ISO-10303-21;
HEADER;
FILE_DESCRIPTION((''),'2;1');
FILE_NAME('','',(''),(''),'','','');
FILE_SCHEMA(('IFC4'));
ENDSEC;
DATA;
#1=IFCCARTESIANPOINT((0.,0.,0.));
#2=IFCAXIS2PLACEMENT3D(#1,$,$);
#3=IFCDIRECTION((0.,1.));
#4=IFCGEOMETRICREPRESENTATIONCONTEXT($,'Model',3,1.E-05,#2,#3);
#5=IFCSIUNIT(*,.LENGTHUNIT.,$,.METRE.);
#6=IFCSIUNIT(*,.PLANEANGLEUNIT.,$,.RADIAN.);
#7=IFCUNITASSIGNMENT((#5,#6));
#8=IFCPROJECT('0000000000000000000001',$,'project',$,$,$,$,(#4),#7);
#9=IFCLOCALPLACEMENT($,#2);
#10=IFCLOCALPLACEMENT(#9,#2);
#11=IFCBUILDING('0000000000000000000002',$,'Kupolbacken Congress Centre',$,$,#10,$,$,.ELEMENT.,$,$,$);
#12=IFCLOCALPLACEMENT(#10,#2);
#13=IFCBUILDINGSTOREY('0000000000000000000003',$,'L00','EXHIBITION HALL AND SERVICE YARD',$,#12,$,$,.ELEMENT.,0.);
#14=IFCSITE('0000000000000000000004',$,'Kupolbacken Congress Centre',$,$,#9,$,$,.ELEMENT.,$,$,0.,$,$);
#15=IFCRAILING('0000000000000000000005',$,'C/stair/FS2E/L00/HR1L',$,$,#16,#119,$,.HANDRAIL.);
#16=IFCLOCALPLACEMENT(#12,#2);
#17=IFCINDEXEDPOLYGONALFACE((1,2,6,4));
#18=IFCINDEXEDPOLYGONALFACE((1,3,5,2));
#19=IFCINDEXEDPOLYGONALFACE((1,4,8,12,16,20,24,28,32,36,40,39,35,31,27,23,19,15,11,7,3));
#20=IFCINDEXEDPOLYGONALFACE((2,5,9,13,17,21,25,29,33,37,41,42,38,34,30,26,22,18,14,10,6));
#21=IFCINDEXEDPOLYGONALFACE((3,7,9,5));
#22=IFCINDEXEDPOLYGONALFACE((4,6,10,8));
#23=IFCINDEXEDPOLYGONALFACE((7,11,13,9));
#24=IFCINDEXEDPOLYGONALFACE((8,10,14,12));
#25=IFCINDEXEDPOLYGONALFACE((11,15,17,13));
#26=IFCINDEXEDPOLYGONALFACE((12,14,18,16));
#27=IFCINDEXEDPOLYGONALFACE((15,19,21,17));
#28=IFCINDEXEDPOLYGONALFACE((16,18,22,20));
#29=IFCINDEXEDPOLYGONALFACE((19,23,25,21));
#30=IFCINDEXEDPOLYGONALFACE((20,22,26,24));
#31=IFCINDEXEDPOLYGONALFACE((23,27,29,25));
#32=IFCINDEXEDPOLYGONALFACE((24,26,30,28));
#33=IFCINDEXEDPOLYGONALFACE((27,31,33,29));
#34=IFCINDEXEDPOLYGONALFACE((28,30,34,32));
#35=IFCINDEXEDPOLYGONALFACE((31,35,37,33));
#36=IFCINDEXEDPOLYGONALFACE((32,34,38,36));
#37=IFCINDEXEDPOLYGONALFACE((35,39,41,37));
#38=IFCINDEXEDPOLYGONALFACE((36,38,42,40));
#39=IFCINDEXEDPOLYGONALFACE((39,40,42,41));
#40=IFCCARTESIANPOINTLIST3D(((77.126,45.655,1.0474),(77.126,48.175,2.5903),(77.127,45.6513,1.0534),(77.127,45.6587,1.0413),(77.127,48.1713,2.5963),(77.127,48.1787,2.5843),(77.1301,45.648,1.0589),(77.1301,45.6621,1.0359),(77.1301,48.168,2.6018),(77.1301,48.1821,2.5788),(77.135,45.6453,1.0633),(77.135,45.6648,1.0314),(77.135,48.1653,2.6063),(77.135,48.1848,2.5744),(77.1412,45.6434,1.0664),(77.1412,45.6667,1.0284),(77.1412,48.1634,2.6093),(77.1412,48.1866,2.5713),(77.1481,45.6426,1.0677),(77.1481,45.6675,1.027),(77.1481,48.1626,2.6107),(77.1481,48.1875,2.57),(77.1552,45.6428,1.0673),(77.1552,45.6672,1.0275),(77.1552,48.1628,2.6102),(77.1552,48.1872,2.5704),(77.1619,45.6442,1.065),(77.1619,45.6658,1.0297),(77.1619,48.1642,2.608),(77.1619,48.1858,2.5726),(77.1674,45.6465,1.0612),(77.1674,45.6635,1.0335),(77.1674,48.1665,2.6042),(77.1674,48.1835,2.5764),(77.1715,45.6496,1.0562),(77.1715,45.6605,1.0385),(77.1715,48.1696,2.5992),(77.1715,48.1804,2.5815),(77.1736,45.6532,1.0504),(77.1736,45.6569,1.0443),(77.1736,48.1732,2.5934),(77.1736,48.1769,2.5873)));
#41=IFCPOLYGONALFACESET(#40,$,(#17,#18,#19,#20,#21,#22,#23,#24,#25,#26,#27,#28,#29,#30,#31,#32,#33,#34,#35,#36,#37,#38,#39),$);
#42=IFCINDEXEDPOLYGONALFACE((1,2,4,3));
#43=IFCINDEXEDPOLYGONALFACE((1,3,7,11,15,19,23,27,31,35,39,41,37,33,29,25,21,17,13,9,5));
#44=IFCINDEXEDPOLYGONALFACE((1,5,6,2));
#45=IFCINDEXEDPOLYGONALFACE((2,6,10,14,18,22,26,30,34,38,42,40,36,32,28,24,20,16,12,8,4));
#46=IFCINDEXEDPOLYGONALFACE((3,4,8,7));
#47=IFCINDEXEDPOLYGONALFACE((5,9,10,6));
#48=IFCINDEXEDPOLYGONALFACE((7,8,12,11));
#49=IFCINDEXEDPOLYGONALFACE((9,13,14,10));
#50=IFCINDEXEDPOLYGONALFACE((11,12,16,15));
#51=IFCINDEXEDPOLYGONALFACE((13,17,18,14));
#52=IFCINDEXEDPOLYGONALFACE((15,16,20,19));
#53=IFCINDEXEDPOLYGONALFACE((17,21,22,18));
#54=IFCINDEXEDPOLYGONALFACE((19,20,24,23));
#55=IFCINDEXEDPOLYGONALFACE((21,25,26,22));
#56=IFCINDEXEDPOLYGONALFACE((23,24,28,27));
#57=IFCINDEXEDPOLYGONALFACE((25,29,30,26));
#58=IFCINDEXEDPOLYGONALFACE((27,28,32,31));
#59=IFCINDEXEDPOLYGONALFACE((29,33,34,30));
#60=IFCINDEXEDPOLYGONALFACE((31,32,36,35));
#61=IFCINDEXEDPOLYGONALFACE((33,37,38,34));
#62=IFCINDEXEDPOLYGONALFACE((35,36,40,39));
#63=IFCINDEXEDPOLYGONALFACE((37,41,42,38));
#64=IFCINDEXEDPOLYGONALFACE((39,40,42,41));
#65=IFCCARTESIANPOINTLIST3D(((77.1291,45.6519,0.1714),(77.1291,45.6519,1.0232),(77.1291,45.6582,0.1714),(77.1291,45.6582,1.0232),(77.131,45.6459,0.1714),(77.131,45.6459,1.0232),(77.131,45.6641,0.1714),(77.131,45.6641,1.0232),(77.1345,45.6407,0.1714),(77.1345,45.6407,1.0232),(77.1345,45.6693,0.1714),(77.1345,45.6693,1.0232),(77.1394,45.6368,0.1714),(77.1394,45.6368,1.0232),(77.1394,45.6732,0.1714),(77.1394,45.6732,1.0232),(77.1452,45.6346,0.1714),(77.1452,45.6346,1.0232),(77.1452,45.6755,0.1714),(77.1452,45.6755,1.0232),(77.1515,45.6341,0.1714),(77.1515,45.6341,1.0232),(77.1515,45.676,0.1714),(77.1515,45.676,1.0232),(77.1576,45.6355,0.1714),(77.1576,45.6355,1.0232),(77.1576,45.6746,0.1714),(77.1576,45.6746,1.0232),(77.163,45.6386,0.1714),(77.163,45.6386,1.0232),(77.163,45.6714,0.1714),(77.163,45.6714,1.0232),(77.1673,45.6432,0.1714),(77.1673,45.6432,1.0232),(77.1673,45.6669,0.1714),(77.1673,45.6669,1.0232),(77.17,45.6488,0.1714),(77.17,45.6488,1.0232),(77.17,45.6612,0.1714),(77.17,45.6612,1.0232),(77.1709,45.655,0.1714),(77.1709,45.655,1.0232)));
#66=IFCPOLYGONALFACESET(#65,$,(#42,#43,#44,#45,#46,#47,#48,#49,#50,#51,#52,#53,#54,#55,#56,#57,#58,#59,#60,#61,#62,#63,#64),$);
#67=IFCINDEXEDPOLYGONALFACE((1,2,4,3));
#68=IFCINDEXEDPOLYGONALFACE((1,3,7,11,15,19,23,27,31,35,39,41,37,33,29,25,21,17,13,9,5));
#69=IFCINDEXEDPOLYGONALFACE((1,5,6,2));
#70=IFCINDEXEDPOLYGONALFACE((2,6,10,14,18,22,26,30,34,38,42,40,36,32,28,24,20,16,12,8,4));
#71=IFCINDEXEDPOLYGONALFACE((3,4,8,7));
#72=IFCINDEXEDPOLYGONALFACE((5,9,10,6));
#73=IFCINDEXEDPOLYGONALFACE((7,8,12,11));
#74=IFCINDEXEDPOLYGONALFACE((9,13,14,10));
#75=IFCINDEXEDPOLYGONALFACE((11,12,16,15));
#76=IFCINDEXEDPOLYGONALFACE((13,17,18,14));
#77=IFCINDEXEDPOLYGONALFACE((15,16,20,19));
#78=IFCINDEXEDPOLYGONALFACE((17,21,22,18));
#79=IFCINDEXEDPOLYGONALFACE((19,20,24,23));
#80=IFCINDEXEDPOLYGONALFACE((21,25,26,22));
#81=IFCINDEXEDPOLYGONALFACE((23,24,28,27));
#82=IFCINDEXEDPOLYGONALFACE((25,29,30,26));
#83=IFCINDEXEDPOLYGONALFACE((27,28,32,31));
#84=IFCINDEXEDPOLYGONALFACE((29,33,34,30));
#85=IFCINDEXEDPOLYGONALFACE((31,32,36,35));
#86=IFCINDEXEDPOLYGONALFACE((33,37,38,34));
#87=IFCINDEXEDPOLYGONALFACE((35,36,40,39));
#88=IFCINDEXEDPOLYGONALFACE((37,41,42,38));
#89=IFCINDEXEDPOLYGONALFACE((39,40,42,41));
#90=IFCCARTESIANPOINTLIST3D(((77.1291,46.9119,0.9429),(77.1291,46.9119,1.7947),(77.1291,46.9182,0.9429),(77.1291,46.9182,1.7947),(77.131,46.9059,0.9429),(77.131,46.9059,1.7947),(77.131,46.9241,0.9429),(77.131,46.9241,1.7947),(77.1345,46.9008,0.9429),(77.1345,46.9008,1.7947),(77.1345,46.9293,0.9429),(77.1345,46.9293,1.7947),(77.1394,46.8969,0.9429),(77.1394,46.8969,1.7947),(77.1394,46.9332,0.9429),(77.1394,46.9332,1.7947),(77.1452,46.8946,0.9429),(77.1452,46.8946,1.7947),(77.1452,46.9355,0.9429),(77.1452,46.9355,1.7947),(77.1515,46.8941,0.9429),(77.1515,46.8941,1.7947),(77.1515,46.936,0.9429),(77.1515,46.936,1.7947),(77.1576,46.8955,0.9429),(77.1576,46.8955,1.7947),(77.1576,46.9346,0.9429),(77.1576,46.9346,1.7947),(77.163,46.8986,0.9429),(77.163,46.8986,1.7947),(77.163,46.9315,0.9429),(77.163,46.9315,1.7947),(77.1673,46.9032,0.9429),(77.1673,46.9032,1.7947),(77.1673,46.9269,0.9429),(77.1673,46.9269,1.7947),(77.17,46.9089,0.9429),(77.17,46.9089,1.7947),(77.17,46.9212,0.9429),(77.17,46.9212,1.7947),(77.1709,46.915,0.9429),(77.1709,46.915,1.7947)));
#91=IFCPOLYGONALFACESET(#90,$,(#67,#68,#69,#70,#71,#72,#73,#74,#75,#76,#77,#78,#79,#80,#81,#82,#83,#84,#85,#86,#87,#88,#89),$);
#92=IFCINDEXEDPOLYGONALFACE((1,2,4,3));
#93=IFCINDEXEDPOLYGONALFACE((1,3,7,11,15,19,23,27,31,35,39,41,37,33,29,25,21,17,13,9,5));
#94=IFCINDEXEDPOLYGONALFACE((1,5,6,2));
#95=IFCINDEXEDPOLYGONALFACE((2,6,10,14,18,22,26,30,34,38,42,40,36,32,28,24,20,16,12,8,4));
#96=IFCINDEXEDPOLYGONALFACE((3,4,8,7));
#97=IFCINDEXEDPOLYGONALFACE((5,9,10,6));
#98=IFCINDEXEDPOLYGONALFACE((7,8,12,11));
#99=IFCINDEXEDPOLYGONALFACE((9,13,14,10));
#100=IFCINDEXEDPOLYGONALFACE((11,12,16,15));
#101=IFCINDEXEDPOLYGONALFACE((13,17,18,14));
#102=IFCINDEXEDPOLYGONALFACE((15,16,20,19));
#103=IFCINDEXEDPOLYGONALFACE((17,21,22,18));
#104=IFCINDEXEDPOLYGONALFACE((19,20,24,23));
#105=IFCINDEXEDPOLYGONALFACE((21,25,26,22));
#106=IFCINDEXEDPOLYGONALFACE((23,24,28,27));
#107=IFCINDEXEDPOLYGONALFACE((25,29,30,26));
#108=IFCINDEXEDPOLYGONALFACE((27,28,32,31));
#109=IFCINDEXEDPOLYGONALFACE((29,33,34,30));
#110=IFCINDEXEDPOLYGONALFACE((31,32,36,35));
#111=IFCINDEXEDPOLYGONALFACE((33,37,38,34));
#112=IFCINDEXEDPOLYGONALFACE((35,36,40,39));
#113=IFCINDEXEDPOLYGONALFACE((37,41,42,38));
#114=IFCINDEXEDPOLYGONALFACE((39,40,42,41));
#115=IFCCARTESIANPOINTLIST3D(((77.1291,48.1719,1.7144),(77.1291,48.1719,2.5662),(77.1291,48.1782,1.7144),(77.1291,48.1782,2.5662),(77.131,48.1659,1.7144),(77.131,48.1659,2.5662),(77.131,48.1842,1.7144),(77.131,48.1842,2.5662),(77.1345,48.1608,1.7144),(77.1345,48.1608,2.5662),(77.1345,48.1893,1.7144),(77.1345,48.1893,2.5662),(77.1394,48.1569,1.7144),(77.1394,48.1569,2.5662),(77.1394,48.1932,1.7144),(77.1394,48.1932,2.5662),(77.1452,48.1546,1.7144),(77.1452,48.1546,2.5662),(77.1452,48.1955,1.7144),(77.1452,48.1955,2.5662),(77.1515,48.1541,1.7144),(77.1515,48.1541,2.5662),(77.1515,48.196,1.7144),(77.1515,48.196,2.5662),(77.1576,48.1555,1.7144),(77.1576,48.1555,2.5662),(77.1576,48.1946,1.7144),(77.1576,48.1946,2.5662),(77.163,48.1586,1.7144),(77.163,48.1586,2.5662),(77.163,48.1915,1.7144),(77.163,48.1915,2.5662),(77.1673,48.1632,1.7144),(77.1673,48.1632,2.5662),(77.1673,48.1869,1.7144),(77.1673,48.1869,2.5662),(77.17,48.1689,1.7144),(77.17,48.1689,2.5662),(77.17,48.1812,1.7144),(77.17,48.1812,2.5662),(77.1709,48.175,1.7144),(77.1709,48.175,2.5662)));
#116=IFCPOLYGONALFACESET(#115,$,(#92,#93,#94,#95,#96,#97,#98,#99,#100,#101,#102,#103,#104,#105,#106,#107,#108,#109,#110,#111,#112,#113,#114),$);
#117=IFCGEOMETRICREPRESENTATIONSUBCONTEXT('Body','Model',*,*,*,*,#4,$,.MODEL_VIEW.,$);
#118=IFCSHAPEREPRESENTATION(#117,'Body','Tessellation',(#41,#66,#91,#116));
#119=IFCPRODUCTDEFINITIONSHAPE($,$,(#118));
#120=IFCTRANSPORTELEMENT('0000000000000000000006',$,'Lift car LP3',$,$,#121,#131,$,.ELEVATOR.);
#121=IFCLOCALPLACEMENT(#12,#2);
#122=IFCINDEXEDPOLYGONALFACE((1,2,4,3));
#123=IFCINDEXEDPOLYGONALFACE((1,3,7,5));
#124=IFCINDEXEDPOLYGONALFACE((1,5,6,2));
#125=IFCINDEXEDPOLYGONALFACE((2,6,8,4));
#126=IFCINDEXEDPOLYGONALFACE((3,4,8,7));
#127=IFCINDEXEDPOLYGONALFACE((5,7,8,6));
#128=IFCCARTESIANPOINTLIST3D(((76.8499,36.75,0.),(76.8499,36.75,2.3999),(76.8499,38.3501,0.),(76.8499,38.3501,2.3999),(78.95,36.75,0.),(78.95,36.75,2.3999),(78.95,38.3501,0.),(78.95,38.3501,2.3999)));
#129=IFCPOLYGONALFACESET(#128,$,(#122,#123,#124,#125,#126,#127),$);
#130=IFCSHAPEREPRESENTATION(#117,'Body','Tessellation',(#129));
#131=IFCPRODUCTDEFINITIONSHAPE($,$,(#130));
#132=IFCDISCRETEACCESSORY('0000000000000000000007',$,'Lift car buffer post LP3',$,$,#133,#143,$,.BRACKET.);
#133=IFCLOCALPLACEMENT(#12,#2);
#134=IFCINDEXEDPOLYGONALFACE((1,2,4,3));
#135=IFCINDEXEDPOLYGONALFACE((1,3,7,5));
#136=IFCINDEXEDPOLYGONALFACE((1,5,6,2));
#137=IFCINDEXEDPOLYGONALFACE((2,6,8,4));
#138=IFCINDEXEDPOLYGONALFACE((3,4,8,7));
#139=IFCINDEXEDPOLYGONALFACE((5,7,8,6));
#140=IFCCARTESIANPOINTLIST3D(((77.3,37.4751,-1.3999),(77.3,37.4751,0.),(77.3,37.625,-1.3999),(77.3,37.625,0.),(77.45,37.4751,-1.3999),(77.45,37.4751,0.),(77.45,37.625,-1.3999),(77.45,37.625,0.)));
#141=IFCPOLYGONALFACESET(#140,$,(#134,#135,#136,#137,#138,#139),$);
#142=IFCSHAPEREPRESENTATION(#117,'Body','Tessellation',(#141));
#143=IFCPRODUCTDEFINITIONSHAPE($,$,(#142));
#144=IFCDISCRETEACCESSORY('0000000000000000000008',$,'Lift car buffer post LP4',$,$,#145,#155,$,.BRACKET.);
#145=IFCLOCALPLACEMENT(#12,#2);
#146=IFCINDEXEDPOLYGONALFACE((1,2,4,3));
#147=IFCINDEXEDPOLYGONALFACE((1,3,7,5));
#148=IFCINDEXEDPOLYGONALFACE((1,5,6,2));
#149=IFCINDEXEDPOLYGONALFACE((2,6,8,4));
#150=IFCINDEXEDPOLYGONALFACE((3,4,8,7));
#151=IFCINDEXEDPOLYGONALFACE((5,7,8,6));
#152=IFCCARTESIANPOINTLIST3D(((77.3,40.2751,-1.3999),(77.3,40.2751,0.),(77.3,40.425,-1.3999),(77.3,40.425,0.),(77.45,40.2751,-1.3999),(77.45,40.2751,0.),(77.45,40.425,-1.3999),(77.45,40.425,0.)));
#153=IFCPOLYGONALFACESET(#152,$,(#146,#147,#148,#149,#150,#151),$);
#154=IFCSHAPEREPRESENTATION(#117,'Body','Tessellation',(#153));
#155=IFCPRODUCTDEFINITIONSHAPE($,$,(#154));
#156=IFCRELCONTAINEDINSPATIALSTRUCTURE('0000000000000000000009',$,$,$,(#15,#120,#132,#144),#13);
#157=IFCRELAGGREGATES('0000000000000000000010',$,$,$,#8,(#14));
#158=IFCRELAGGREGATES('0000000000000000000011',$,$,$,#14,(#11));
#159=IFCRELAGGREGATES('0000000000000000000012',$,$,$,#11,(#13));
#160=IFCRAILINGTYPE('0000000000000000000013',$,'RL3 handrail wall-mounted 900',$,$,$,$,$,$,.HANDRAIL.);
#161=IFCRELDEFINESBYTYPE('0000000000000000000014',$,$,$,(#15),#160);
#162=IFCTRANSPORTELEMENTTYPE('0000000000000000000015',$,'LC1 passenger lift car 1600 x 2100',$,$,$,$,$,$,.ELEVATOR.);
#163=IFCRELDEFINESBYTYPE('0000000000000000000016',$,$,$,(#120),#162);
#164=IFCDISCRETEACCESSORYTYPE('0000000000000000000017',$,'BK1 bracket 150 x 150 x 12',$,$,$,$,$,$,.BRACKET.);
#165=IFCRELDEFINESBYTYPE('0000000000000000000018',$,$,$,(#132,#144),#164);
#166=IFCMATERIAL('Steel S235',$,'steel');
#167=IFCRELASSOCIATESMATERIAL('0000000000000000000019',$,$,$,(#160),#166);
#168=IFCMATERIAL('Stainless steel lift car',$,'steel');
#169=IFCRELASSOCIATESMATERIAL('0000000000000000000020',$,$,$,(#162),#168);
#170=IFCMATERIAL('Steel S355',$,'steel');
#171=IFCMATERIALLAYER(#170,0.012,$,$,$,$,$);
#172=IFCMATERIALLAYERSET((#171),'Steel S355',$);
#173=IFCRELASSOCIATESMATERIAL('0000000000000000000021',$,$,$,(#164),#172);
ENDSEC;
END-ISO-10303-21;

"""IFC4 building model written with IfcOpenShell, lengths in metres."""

from ifc_helpers import new_model, si_unit, direction, frame, origin, origin_2d, place, context, subcontext, project, spatial, rectangle, circle, extrude, material, layer, layer_set, type_object, element, save


model = new_model("IFC4")

# Units and contexts
model_context = context("Model", 3, precision=1e-05, world=origin(), true_north=direction((0.0, 1.0)))
body_context = subcontext(model_context, "Body", "Model", "MODEL_VIEW")
ifc_project = project(units=[si_unit("LENGTHUNIT", "METRE"), si_unit("PLANEANGLEUNIT", "RADIAN")], contexts=[model_context])

# Site, building, storey
site_placement = place(None, origin())
site = spatial("IfcSite", under=ifc_project, at=site_placement, Name="Kupolbacken Congress Centre", CompositionType="ELEMENT", RefElevation=0.0)
building_placement = place(site_placement, origin())
building = spatial("IfcBuilding", under=site, at=building_placement, Name="Kupolbacken Congress Centre", CompositionType="ELEMENT")
storey_placement = place(building_placement, origin())
storey = spatial("IfcBuildingStorey", under=building, at=storey_placement, Name="L00", Description="EXHIBITION HALL AND SERVICE YARD", CompositionType="ELEMENT", Elevation=0.0)

# Railing
ifc_material_1 = material(Name="Steel S235", Category="steel")
railing_type = type_object("IfcRailingType", Name="RL3 handrail wall-mounted 900", PredefinedType="HANDRAIL", material=ifc_material_1)
railing_placement = place(storey_placement, frame((77.1499, 45.655, 0.1714)))
element("IfcRailing", 1, at=railing_placement, inside=storey, type_object=railing_type, Name="C/stair/FS2E/L00/HR1L", PredefinedType="HANDRAIL", context=body_context, shape_type="SweptSolid", body=[
    extrude(circle(Radius=0.0239, at=origin_2d()), frame((0.0, 0.0, 0.876), z_axis=(0.0, 0.852836, 0.522178), x_axis=(-1.0, 0.0, 0.0)), (0.0, 0.0, 1.0), 2.9548),
    extrude(circle(Radius=0.021, at=origin_2d()), origin(), (0.0, 0.0, 1.0), 0.8518),
    extrude(circle(Radius=0.021, at=origin_2d()), frame((0.0, 1.26, 0.7715)), (0.0, 0.0, 1.0), 0.8518),
    extrude(circle(Radius=0.021, at=origin_2d()), frame((0.0, 2.52, 1.543)), (0.0, 0.0, 1.0), 0.8518),
])

# Transport element
ifc_material_2 = material(Name="Stainless steel lift car", Category="steel")
transport_element_type = type_object("IfcTransportElementType", Name="LC1 passenger lift car 1600 x 2100", PredefinedType="ELEVATOR", material=ifc_material_2)
transport_element_placement = place(storey_placement, frame((77.8999, 37.55, 0.0), z_axis=(0.0, 0.0, 1.0), x_axis=(1.0, 0.0, 0.0)))
element("IfcTransportElement", 2, at=transport_element_placement, inside=storey, type_object=transport_element_type, Name="Lift car LP3", PredefinedType="ELEVATOR", context=body_context, shape_type="SweptSolid", body=[
    extrude(rectangle(XDim=2.1001, YDim=1.6001, at=origin_2d()), origin(), (0.0, 0.0, 1.0), 2.3999),
])

# Discrete accessories
ifc_material_3 = material(Name="Steel S355", Category="steel")
ifc_layer_1 = layer(ifc_material_3, 0.012)
ifc_layer_set_1 = layer_set([ifc_layer_1], Name="Steel S355")
discrete_accessory_type = type_object("IfcDiscreteAccessoryType", Name="BK1 bracket 150 x 150 x 12", PredefinedType="BRACKET", material=ifc_layer_set_1)
for number, where, z_axis, x_axis, name in (
    (3, (77.375, 37.55, -1.3999), (0.0, 0.0, 1.0), (1.0, 0.0, 0.0), "Lift car buffer post LP3"),
    (4, (77.375, 40.3501, -1.3999), (0.0, 0.0, 1.0), (1.0, 0.0, 0.0), "Lift car buffer post LP4"),
):
    element("IfcDiscreteAccessory", number, at=place(storey_placement, frame(where, z_axis=z_axis, x_axis=x_axis)), inside=storey, type_object=discrete_accessory_type, Name=name, PredefinedType="BRACKET", context=body_context, shape_type="SweptSolid", body=[
        extrude(rectangle(XDim=0.1499, YDim=0.1499, at=origin_2d()), origin(), (0.0, 0.0, 1.0), 1.3999),
    ])

save(model, "model.ifc")
